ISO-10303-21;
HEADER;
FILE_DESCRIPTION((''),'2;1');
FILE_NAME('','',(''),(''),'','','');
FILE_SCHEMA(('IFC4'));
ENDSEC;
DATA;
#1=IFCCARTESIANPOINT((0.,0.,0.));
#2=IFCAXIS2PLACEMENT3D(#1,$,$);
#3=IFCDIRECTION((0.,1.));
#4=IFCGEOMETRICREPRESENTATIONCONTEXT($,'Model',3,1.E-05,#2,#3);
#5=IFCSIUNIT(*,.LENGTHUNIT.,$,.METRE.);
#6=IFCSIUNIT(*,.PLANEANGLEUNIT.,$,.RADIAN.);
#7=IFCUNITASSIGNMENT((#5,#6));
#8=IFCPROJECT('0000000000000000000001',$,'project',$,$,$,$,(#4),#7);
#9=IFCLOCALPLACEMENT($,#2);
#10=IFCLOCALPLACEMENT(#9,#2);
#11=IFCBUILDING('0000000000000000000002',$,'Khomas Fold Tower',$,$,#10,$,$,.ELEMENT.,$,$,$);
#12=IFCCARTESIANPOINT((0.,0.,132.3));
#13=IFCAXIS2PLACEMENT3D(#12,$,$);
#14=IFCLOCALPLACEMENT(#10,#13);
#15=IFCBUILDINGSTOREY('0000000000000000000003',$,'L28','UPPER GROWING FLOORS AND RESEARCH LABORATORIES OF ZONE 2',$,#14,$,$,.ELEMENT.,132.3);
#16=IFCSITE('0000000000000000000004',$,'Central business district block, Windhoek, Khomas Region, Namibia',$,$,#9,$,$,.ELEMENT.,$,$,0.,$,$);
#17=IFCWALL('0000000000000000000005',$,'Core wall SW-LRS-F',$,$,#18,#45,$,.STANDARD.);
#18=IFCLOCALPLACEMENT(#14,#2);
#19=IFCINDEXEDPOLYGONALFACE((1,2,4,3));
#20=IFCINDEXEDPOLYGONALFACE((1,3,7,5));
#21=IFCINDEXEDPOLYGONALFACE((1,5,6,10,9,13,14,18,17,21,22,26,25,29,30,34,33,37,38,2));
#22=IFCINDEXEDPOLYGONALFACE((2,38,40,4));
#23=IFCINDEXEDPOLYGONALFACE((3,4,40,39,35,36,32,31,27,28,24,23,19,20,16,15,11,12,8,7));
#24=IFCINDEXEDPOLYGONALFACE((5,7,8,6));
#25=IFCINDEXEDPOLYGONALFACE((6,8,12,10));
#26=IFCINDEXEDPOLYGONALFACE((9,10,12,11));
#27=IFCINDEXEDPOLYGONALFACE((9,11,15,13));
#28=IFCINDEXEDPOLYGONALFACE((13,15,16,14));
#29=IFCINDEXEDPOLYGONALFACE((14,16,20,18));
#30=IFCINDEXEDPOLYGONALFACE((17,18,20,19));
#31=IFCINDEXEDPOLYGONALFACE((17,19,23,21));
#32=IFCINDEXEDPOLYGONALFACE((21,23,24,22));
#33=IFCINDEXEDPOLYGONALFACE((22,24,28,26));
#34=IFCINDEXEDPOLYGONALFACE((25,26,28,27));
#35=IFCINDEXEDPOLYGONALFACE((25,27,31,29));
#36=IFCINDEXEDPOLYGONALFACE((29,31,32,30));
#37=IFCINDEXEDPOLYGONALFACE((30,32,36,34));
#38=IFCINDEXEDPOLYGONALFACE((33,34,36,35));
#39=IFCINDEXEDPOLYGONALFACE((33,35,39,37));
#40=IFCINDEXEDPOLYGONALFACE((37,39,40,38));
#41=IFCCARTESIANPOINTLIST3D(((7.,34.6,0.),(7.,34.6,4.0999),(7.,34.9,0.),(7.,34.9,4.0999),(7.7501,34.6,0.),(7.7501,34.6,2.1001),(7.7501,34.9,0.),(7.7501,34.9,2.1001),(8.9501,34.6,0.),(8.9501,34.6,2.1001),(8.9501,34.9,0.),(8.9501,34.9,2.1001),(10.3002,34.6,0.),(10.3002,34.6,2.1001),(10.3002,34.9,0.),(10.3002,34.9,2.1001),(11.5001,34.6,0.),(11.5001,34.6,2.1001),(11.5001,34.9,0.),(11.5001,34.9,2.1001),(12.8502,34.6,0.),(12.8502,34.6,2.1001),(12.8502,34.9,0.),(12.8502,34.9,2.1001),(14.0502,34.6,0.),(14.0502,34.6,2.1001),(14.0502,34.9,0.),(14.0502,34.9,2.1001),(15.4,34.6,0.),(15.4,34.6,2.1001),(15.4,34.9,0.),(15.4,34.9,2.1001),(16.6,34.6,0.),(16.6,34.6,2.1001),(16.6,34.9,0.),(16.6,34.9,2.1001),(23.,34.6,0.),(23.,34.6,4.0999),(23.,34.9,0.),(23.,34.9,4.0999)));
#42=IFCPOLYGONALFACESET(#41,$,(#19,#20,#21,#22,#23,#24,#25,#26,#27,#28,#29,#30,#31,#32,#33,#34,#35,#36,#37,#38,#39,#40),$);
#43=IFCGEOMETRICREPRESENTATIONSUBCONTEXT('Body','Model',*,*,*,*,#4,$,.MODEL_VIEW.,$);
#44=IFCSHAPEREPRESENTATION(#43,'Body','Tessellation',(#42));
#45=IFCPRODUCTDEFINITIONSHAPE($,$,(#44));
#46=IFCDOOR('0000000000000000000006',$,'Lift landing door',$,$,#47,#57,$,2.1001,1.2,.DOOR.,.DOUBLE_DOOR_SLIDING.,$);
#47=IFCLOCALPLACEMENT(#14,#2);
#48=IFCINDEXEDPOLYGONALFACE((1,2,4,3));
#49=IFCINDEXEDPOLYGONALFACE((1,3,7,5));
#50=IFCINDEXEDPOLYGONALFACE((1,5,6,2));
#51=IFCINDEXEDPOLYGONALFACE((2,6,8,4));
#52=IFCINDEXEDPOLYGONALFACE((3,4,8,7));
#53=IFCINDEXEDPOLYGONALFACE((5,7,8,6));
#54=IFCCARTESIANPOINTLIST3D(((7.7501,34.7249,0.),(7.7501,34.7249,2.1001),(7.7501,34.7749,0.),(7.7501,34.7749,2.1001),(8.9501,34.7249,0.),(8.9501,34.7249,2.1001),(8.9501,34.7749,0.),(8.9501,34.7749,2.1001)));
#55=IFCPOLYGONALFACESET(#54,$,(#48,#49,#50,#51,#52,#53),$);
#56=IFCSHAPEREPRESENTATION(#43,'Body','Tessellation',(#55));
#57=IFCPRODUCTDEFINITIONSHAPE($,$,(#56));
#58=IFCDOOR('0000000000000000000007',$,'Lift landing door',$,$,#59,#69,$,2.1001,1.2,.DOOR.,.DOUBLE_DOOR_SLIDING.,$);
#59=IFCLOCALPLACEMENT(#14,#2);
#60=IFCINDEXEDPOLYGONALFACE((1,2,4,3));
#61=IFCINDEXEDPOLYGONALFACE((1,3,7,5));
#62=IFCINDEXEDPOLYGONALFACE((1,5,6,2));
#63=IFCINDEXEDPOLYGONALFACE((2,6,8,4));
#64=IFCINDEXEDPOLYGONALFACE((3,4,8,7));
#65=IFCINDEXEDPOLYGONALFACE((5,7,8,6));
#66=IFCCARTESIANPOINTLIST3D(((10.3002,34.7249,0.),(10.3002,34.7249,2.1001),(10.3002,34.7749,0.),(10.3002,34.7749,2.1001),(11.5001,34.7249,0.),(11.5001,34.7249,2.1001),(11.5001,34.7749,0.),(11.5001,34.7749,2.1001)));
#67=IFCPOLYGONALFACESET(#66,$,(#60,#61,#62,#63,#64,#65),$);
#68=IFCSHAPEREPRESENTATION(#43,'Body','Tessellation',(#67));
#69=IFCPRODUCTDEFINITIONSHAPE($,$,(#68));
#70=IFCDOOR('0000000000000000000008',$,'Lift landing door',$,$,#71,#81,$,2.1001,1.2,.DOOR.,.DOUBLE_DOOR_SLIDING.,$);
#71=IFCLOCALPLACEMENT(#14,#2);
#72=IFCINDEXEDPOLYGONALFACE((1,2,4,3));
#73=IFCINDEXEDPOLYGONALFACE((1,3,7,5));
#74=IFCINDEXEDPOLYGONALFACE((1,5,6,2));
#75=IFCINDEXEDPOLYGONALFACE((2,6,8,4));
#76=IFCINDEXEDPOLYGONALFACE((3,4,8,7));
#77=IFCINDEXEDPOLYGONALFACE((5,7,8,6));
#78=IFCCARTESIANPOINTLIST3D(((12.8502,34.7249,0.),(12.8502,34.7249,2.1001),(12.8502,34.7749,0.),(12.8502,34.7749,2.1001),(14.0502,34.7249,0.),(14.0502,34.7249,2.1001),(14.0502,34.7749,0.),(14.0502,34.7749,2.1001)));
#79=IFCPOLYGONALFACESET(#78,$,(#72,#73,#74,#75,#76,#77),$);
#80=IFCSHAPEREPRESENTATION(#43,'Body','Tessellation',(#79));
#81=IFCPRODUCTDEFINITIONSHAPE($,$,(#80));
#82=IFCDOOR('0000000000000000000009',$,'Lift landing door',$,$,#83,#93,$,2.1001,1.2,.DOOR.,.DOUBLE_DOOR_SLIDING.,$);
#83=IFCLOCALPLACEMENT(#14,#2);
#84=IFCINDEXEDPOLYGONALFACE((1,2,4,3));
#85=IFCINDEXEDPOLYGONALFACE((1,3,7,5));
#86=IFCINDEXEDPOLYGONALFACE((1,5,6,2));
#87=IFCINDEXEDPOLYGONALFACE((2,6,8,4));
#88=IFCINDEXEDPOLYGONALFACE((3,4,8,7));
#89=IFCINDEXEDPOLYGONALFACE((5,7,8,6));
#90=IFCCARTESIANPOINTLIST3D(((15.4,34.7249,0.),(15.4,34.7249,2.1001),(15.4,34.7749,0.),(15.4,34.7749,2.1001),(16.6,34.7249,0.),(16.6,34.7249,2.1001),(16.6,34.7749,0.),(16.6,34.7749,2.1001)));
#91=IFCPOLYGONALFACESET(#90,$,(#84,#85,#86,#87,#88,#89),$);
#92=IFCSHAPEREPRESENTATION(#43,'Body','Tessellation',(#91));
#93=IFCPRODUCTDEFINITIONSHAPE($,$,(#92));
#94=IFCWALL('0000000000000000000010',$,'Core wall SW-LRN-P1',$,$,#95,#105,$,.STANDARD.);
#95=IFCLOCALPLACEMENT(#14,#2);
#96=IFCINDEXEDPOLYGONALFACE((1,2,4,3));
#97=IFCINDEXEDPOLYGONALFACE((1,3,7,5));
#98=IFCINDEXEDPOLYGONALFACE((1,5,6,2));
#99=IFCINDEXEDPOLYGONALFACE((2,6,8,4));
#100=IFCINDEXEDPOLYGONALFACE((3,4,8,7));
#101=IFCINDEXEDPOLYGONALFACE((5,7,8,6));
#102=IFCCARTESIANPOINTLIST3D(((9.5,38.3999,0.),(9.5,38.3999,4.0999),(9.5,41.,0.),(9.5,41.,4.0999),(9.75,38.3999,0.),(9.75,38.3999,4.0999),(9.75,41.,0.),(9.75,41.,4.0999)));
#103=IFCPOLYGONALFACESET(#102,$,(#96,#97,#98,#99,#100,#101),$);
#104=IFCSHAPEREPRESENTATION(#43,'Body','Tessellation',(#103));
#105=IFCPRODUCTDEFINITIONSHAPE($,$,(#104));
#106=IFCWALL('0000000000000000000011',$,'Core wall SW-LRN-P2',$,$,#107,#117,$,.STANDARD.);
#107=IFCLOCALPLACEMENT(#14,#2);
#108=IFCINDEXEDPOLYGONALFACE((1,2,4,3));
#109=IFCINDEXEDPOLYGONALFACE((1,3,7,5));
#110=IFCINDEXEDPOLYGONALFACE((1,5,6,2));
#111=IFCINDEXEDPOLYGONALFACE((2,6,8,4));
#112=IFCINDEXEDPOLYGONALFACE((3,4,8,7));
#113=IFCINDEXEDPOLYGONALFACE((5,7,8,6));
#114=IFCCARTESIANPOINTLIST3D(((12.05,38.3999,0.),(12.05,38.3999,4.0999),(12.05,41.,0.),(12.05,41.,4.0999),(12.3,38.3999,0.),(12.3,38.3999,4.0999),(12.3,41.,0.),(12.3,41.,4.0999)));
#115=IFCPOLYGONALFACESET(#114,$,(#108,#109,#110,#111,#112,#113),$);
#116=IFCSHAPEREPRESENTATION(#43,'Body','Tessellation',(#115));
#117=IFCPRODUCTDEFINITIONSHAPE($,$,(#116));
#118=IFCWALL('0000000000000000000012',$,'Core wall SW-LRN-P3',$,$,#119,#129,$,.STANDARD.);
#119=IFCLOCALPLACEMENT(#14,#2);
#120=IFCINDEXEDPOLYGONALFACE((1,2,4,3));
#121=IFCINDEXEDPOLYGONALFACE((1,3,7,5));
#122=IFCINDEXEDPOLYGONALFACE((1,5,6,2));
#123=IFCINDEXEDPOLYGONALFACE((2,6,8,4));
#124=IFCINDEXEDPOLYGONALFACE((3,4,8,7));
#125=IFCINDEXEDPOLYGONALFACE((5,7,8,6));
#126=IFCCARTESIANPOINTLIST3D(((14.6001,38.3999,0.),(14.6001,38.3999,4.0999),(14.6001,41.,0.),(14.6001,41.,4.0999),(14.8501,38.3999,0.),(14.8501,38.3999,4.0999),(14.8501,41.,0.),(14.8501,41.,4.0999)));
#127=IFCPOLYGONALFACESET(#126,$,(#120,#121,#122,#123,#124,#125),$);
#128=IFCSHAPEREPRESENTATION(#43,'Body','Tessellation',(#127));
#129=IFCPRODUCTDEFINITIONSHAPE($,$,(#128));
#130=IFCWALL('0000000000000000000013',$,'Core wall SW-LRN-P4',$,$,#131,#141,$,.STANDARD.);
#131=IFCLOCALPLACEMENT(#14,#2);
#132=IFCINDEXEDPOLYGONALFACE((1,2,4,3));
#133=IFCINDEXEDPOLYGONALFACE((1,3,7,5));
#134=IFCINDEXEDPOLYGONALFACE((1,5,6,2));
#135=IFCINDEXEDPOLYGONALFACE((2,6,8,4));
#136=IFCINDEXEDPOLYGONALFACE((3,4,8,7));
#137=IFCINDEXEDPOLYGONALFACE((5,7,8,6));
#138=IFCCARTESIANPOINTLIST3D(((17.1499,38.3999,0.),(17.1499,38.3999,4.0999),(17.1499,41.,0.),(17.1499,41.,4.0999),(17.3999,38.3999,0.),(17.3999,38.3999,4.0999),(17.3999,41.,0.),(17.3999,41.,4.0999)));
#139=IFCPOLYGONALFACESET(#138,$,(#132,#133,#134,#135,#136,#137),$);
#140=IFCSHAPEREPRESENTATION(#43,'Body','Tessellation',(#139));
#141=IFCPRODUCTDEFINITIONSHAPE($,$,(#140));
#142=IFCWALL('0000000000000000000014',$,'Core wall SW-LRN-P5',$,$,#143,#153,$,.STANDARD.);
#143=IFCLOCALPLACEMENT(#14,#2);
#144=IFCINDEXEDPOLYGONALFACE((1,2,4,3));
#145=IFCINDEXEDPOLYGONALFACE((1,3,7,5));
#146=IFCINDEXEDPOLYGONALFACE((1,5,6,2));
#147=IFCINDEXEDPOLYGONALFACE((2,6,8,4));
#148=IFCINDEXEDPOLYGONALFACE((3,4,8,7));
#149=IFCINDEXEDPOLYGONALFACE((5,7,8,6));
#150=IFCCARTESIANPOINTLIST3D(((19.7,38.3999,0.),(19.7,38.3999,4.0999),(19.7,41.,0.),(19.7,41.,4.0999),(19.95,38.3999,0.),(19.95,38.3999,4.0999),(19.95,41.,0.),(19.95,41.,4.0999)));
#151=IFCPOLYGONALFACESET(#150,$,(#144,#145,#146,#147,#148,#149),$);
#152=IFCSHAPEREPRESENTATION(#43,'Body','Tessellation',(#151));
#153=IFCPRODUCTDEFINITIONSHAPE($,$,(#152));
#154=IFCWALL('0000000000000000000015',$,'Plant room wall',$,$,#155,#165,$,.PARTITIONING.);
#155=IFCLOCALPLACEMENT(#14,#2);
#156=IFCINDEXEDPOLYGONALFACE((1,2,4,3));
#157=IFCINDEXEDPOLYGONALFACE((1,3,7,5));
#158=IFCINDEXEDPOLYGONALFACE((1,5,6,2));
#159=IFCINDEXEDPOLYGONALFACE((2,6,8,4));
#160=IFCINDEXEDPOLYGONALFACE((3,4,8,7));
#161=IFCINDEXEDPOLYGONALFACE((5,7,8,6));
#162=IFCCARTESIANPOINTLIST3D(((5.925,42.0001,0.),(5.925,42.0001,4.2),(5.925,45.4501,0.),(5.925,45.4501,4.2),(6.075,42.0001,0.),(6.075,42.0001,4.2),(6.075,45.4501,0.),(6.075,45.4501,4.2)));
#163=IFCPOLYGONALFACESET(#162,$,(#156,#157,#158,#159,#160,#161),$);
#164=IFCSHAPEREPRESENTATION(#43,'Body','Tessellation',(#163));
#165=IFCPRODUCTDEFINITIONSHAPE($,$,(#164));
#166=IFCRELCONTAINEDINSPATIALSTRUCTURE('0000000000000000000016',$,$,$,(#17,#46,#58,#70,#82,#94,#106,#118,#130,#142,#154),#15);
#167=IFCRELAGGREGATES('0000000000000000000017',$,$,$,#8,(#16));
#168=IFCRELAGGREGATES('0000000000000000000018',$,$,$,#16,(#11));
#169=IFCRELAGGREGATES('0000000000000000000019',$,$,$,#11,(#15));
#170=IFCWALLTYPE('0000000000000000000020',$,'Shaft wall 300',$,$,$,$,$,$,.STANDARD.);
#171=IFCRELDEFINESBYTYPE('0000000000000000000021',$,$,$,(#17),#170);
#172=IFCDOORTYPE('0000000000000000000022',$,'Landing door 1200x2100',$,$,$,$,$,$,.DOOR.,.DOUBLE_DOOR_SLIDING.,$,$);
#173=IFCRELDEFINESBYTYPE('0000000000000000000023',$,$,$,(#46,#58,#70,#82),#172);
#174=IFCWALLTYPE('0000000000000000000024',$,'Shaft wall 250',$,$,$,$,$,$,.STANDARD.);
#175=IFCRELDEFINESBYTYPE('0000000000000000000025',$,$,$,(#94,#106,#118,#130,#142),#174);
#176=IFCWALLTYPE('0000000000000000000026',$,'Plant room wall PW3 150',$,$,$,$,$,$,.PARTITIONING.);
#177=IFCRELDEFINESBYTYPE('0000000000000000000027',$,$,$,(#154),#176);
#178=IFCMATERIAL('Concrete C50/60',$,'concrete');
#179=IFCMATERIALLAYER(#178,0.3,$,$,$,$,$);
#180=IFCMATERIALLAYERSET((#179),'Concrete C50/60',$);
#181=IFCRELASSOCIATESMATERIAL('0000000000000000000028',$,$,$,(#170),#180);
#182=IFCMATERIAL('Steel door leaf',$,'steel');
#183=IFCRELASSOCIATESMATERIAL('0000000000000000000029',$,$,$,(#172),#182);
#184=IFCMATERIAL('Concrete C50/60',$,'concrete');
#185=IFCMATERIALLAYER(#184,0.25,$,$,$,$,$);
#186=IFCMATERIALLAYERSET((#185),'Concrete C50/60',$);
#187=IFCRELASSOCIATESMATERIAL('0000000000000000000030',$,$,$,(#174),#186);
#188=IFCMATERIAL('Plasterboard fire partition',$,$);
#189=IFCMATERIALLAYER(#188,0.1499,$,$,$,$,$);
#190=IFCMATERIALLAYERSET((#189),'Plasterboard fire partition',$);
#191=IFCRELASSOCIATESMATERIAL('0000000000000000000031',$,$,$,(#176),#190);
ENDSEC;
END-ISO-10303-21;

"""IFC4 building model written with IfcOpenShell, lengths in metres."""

from ifc_helpers import new_model, si_unit, direction, frame, frame_2d, origin, place, context, subcontext, project, spatial, rectangle, extrude, source, transform, mapped, material, layer, layer_set, type_object, element, fill, save


model = new_model("IFC4")

# Units and contexts
model_context = context("Model", 3, precision=1e-05, world=origin(), true_north=direction((0.0, 1.0)))
body_context = subcontext(model_context, "Body", "Model", "MODEL_VIEW")
ifc_project = project(units=[si_unit("LENGTHUNIT", "METRE"), si_unit("PLANEANGLEUNIT", "RADIAN")], contexts=[model_context])

# Site, building, storey
site_placement = place(None, origin())
site = spatial("IfcSite", under=ifc_project, at=site_placement, Name="Central business district block, Windhoek, Khomas Region, Namibia", CompositionType="ELEMENT", RefElevation=0.0)
building_placement = place(site_placement, origin())
building = spatial("IfcBuilding", under=site, at=building_placement, Name="Khomas Fold Tower", CompositionType="ELEMENT")
storey_placement = place(building_placement, frame((0.0, 0.0, 132.3)))
storey = spatial("IfcBuildingStorey", under=building, at=storey_placement, Name="L28", Description="UPPER GROWING FLOORS AND RESEARCH LABORATORIES OF ZONE 2", CompositionType="ELEMENT", Elevation=132.3)

# Wall, openings, doors
ifc_material_1 = material(Name="Concrete C50/60", Category="concrete")
ifc_layer_1 = layer(ifc_material_1, 0.3)
ifc_layer_set_1 = layer_set([ifc_layer_1], Name="Concrete C50/60")
wall_type_1 = type_object("IfcWallType", Name="Shaft wall 300", PredefinedType="STANDARD", material=ifc_layer_set_1)
shared_shape_1 = source(origin(), body_context, "Body", "SweptSolid", [
    extrude(rectangle(XDim=16.0, YDim=0.3, at=frame_2d((8.0, 0.0))), origin(), (0.0, 0.0, 1.0), 4.0999),
])
shared_shape_2 = source(origin(), body_context, "Body", "SweptSolid", [
    extrude(rectangle(XDim=1.2, YDim=2.1001, at=frame_2d((0.6001, 1.05))), frame((0.0, 0.1599, 0.0), z_axis=(0.0, -1.0, 0.0), x_axis=(1.0, 0.0, 0.0)), (0.0, 0.0, 1.0), 0.3201),
])
ifc_material_2 = material(Name="Steel door leaf", Category="steel")
door_type = type_object("IfcDoorType", Name="Landing door 1200x2100", OperationType="DOUBLE_DOOR_SLIDING", PredefinedType="DOOR", material=ifc_material_2)
shared_shape_3 = source(origin(), body_context, "Body", "SweptSolid", [
    extrude(rectangle(XDim=1.2, YDim=2.1001, at=frame_2d((0.6001, 1.05))), frame((0.0, 0.0249, 0.0), z_axis=(0.0, -1.0, 0.0), x_axis=(1.0, 0.0, 0.0)), (0.0, 0.0, 1.0), 0.05),
])
wall_1_placement = place(storey_placement, frame((7.0, 34.75, 0.0), z_axis=(0.0, 0.0, 1.0), x_axis=(1.0, 0.0, 0.0)))
wall_1 = element("IfcWall", 1, at=wall_1_placement, inside=storey, type_object=wall_type_1, Name="Core wall SW-LRS-F", PredefinedType="STANDARD", context=body_context, shape_type="MappedRepresentation", body=[
    mapped(shared_shape_1, transform((0.0, 0.0, 0.0))),
])
opening_1_placement = place(wall_1_placement, frame((0.75, 0.0, 0.0)))
opening_1 = element("IfcOpeningElement", 2, at=opening_1_placement, cuts=wall_1, PredefinedType="OPENING", context=body_context, shape_type="MappedRepresentation", body=[
    mapped(shared_shape_2, transform((0.0, 0.0, 0.0))),
])
opening_2_placement = place(wall_1_placement, frame((3.3, 0.0, 0.0)))
opening_2 = element("IfcOpeningElement", 3, at=opening_2_placement, cuts=wall_1, PredefinedType="OPENING", context=body_context, shape_type="MappedRepresentation", body=[
    mapped(shared_shape_2, transform((0.0, 0.0, 0.0))),
])
opening_3_placement = place(wall_1_placement, frame((5.8501, 0.0, 0.0)))
opening_3 = element("IfcOpeningElement", 4, at=opening_3_placement, cuts=wall_1, PredefinedType="OPENING", context=body_context, shape_type="MappedRepresentation", body=[
    mapped(shared_shape_2, transform((0.0, 0.0, 0.0))),
])
opening_4_placement = place(wall_1_placement, frame((8.3999, 0.0, 0.0)))
opening_4 = element("IfcOpeningElement", 5, at=opening_4_placement, cuts=wall_1, PredefinedType="OPENING", context=body_context, shape_type="MappedRepresentation", body=[
    mapped(shared_shape_2, transform((0.0, 0.0, 0.0))),
])
door_1_placement = place(opening_1_placement, origin())
door_1 = element("IfcDoor", 6, at=door_1_placement, inside=storey, type_object=door_type, Name="Lift landing door", OperationType="DOUBLE_DOOR_SLIDING", OverallHeight=2.1001, OverallWidth=1.2, PredefinedType="DOOR", context=body_context, shape_type="MappedRepresentation", body=[
    mapped(shared_shape_3, transform((0.0, 0.0, 0.0))),
])
fill(opening_1, door_1)
door_2_placement = place(opening_2_placement, origin())
door_2 = element("IfcDoor", 7, at=door_2_placement, inside=storey, type_object=door_type, Name="Lift landing door", OperationType="DOUBLE_DOOR_SLIDING", OverallHeight=2.1001, OverallWidth=1.2, PredefinedType="DOOR", context=body_context, shape_type="MappedRepresentation", body=[
    mapped(shared_shape_3, transform((0.0, 0.0, 0.0))),
])
fill(opening_2, door_2)
door_3_placement = place(opening_3_placement, origin())
door_3 = element("IfcDoor", 8, at=door_3_placement, inside=storey, type_object=door_type, Name="Lift landing door", OperationType="DOUBLE_DOOR_SLIDING", OverallHeight=2.1001, OverallWidth=1.2, PredefinedType="DOOR", context=body_context, shape_type="MappedRepresentation", body=[
    mapped(shared_shape_3, transform((0.0, 0.0, 0.0))),
])
fill(opening_3, door_3)
door_4_placement = place(opening_4_placement, origin())
door_4 = element("IfcDoor", 9, at=door_4_placement, inside=storey, type_object=door_type, Name="Lift landing door", OperationType="DOUBLE_DOOR_SLIDING", OverallHeight=2.1001, OverallWidth=1.2, PredefinedType="DOOR", context=body_context, shape_type="MappedRepresentation", body=[
    mapped(shared_shape_3, transform((0.0, 0.0, 0.0))),
])
fill(opening_4, door_4)

# Walls
ifc_material_3 = material(Name="Concrete C50/60", Category="concrete")
ifc_layer_2 = layer(ifc_material_3, 0.25)
ifc_layer_set_2 = layer_set([ifc_layer_2], Name="Concrete C50/60")
wall_type_2 = type_object("IfcWallType", Name="Shaft wall 250", PredefinedType="STANDARD", material=ifc_layer_set_2)
shared_shape_4 = source(origin(), body_context, "Body", "SweptSolid", [
    extrude(rectangle(XDim=2.6001, YDim=0.25, at=frame_2d((1.3, 0.0))), origin(), (0.0, 0.0, 1.0), 4.0999),
])
for number, where, z_axis, x_axis, name in (
    (10, (9.625, 38.3999, 0.0), (0.0, 0.0, 1.0), (0.0, 1.0, 0.0), "Core wall SW-LRN-P1"),
    (11, (12.175, 38.3999, 0.0), (0.0, 0.0, 1.0), (0.0, 1.0, 0.0), "Core wall SW-LRN-P2"),
    (12, (14.7251, 38.3999, 0.0), (0.0, 0.0, 1.0), (0.0, 1.0, 0.0), "Core wall SW-LRN-P3"),
    (13, (17.2749, 38.3999, 0.0), (0.0, 0.0, 1.0), (0.0, 1.0, 0.0), "Core wall SW-LRN-P4"),
    (14, (19.825, 38.3999, 0.0), (0.0, 0.0, 1.0), (0.0, 1.0, 0.0), "Core wall SW-LRN-P5"),
):
    element("IfcWall", number, at=place(storey_placement, frame(where, z_axis=z_axis, x_axis=x_axis)), inside=storey, type_object=wall_type_2, Name=name, PredefinedType="STANDARD", context=body_context, shape_type="MappedRepresentation", body=[
        mapped(shared_shape_4, transform((0.0, 0.0, 0.0))),
    ])
ifc_material_4 = material(Name="Plasterboard fire partition")
ifc_layer_3 = layer(ifc_material_4, 0.1499)
ifc_layer_set_3 = layer_set([ifc_layer_3], Name="Plasterboard fire partition")
wall_type_3 = type_object("IfcWallType", Name="Plant room wall PW3 150", PredefinedType="PARTITIONING", material=ifc_layer_set_3)
shared_shape_5 = source(origin(), body_context, "Body", "SweptSolid", [
    extrude(rectangle(XDim=3.45, YDim=0.1499, at=frame_2d((1.7251, 0.0))), origin(), (0.0, 0.0, 1.0), 4.2),
])
wall_2_placement = place(storey_placement, frame((6.0, 42.0, 0.0), z_axis=(0.0, 0.0, 1.0), x_axis=(0.0, 1.0, 0.0)))
element("IfcWall", 15, at=wall_2_placement, inside=storey, type_object=wall_type_3, Name="Plant room wall", PredefinedType="PARTITIONING", context=body_context, shape_type="MappedRepresentation", body=[
    mapped(shared_shape_5, transform((0.0, 0.0, 0.0))),
])

save(model, "model.ifc")
